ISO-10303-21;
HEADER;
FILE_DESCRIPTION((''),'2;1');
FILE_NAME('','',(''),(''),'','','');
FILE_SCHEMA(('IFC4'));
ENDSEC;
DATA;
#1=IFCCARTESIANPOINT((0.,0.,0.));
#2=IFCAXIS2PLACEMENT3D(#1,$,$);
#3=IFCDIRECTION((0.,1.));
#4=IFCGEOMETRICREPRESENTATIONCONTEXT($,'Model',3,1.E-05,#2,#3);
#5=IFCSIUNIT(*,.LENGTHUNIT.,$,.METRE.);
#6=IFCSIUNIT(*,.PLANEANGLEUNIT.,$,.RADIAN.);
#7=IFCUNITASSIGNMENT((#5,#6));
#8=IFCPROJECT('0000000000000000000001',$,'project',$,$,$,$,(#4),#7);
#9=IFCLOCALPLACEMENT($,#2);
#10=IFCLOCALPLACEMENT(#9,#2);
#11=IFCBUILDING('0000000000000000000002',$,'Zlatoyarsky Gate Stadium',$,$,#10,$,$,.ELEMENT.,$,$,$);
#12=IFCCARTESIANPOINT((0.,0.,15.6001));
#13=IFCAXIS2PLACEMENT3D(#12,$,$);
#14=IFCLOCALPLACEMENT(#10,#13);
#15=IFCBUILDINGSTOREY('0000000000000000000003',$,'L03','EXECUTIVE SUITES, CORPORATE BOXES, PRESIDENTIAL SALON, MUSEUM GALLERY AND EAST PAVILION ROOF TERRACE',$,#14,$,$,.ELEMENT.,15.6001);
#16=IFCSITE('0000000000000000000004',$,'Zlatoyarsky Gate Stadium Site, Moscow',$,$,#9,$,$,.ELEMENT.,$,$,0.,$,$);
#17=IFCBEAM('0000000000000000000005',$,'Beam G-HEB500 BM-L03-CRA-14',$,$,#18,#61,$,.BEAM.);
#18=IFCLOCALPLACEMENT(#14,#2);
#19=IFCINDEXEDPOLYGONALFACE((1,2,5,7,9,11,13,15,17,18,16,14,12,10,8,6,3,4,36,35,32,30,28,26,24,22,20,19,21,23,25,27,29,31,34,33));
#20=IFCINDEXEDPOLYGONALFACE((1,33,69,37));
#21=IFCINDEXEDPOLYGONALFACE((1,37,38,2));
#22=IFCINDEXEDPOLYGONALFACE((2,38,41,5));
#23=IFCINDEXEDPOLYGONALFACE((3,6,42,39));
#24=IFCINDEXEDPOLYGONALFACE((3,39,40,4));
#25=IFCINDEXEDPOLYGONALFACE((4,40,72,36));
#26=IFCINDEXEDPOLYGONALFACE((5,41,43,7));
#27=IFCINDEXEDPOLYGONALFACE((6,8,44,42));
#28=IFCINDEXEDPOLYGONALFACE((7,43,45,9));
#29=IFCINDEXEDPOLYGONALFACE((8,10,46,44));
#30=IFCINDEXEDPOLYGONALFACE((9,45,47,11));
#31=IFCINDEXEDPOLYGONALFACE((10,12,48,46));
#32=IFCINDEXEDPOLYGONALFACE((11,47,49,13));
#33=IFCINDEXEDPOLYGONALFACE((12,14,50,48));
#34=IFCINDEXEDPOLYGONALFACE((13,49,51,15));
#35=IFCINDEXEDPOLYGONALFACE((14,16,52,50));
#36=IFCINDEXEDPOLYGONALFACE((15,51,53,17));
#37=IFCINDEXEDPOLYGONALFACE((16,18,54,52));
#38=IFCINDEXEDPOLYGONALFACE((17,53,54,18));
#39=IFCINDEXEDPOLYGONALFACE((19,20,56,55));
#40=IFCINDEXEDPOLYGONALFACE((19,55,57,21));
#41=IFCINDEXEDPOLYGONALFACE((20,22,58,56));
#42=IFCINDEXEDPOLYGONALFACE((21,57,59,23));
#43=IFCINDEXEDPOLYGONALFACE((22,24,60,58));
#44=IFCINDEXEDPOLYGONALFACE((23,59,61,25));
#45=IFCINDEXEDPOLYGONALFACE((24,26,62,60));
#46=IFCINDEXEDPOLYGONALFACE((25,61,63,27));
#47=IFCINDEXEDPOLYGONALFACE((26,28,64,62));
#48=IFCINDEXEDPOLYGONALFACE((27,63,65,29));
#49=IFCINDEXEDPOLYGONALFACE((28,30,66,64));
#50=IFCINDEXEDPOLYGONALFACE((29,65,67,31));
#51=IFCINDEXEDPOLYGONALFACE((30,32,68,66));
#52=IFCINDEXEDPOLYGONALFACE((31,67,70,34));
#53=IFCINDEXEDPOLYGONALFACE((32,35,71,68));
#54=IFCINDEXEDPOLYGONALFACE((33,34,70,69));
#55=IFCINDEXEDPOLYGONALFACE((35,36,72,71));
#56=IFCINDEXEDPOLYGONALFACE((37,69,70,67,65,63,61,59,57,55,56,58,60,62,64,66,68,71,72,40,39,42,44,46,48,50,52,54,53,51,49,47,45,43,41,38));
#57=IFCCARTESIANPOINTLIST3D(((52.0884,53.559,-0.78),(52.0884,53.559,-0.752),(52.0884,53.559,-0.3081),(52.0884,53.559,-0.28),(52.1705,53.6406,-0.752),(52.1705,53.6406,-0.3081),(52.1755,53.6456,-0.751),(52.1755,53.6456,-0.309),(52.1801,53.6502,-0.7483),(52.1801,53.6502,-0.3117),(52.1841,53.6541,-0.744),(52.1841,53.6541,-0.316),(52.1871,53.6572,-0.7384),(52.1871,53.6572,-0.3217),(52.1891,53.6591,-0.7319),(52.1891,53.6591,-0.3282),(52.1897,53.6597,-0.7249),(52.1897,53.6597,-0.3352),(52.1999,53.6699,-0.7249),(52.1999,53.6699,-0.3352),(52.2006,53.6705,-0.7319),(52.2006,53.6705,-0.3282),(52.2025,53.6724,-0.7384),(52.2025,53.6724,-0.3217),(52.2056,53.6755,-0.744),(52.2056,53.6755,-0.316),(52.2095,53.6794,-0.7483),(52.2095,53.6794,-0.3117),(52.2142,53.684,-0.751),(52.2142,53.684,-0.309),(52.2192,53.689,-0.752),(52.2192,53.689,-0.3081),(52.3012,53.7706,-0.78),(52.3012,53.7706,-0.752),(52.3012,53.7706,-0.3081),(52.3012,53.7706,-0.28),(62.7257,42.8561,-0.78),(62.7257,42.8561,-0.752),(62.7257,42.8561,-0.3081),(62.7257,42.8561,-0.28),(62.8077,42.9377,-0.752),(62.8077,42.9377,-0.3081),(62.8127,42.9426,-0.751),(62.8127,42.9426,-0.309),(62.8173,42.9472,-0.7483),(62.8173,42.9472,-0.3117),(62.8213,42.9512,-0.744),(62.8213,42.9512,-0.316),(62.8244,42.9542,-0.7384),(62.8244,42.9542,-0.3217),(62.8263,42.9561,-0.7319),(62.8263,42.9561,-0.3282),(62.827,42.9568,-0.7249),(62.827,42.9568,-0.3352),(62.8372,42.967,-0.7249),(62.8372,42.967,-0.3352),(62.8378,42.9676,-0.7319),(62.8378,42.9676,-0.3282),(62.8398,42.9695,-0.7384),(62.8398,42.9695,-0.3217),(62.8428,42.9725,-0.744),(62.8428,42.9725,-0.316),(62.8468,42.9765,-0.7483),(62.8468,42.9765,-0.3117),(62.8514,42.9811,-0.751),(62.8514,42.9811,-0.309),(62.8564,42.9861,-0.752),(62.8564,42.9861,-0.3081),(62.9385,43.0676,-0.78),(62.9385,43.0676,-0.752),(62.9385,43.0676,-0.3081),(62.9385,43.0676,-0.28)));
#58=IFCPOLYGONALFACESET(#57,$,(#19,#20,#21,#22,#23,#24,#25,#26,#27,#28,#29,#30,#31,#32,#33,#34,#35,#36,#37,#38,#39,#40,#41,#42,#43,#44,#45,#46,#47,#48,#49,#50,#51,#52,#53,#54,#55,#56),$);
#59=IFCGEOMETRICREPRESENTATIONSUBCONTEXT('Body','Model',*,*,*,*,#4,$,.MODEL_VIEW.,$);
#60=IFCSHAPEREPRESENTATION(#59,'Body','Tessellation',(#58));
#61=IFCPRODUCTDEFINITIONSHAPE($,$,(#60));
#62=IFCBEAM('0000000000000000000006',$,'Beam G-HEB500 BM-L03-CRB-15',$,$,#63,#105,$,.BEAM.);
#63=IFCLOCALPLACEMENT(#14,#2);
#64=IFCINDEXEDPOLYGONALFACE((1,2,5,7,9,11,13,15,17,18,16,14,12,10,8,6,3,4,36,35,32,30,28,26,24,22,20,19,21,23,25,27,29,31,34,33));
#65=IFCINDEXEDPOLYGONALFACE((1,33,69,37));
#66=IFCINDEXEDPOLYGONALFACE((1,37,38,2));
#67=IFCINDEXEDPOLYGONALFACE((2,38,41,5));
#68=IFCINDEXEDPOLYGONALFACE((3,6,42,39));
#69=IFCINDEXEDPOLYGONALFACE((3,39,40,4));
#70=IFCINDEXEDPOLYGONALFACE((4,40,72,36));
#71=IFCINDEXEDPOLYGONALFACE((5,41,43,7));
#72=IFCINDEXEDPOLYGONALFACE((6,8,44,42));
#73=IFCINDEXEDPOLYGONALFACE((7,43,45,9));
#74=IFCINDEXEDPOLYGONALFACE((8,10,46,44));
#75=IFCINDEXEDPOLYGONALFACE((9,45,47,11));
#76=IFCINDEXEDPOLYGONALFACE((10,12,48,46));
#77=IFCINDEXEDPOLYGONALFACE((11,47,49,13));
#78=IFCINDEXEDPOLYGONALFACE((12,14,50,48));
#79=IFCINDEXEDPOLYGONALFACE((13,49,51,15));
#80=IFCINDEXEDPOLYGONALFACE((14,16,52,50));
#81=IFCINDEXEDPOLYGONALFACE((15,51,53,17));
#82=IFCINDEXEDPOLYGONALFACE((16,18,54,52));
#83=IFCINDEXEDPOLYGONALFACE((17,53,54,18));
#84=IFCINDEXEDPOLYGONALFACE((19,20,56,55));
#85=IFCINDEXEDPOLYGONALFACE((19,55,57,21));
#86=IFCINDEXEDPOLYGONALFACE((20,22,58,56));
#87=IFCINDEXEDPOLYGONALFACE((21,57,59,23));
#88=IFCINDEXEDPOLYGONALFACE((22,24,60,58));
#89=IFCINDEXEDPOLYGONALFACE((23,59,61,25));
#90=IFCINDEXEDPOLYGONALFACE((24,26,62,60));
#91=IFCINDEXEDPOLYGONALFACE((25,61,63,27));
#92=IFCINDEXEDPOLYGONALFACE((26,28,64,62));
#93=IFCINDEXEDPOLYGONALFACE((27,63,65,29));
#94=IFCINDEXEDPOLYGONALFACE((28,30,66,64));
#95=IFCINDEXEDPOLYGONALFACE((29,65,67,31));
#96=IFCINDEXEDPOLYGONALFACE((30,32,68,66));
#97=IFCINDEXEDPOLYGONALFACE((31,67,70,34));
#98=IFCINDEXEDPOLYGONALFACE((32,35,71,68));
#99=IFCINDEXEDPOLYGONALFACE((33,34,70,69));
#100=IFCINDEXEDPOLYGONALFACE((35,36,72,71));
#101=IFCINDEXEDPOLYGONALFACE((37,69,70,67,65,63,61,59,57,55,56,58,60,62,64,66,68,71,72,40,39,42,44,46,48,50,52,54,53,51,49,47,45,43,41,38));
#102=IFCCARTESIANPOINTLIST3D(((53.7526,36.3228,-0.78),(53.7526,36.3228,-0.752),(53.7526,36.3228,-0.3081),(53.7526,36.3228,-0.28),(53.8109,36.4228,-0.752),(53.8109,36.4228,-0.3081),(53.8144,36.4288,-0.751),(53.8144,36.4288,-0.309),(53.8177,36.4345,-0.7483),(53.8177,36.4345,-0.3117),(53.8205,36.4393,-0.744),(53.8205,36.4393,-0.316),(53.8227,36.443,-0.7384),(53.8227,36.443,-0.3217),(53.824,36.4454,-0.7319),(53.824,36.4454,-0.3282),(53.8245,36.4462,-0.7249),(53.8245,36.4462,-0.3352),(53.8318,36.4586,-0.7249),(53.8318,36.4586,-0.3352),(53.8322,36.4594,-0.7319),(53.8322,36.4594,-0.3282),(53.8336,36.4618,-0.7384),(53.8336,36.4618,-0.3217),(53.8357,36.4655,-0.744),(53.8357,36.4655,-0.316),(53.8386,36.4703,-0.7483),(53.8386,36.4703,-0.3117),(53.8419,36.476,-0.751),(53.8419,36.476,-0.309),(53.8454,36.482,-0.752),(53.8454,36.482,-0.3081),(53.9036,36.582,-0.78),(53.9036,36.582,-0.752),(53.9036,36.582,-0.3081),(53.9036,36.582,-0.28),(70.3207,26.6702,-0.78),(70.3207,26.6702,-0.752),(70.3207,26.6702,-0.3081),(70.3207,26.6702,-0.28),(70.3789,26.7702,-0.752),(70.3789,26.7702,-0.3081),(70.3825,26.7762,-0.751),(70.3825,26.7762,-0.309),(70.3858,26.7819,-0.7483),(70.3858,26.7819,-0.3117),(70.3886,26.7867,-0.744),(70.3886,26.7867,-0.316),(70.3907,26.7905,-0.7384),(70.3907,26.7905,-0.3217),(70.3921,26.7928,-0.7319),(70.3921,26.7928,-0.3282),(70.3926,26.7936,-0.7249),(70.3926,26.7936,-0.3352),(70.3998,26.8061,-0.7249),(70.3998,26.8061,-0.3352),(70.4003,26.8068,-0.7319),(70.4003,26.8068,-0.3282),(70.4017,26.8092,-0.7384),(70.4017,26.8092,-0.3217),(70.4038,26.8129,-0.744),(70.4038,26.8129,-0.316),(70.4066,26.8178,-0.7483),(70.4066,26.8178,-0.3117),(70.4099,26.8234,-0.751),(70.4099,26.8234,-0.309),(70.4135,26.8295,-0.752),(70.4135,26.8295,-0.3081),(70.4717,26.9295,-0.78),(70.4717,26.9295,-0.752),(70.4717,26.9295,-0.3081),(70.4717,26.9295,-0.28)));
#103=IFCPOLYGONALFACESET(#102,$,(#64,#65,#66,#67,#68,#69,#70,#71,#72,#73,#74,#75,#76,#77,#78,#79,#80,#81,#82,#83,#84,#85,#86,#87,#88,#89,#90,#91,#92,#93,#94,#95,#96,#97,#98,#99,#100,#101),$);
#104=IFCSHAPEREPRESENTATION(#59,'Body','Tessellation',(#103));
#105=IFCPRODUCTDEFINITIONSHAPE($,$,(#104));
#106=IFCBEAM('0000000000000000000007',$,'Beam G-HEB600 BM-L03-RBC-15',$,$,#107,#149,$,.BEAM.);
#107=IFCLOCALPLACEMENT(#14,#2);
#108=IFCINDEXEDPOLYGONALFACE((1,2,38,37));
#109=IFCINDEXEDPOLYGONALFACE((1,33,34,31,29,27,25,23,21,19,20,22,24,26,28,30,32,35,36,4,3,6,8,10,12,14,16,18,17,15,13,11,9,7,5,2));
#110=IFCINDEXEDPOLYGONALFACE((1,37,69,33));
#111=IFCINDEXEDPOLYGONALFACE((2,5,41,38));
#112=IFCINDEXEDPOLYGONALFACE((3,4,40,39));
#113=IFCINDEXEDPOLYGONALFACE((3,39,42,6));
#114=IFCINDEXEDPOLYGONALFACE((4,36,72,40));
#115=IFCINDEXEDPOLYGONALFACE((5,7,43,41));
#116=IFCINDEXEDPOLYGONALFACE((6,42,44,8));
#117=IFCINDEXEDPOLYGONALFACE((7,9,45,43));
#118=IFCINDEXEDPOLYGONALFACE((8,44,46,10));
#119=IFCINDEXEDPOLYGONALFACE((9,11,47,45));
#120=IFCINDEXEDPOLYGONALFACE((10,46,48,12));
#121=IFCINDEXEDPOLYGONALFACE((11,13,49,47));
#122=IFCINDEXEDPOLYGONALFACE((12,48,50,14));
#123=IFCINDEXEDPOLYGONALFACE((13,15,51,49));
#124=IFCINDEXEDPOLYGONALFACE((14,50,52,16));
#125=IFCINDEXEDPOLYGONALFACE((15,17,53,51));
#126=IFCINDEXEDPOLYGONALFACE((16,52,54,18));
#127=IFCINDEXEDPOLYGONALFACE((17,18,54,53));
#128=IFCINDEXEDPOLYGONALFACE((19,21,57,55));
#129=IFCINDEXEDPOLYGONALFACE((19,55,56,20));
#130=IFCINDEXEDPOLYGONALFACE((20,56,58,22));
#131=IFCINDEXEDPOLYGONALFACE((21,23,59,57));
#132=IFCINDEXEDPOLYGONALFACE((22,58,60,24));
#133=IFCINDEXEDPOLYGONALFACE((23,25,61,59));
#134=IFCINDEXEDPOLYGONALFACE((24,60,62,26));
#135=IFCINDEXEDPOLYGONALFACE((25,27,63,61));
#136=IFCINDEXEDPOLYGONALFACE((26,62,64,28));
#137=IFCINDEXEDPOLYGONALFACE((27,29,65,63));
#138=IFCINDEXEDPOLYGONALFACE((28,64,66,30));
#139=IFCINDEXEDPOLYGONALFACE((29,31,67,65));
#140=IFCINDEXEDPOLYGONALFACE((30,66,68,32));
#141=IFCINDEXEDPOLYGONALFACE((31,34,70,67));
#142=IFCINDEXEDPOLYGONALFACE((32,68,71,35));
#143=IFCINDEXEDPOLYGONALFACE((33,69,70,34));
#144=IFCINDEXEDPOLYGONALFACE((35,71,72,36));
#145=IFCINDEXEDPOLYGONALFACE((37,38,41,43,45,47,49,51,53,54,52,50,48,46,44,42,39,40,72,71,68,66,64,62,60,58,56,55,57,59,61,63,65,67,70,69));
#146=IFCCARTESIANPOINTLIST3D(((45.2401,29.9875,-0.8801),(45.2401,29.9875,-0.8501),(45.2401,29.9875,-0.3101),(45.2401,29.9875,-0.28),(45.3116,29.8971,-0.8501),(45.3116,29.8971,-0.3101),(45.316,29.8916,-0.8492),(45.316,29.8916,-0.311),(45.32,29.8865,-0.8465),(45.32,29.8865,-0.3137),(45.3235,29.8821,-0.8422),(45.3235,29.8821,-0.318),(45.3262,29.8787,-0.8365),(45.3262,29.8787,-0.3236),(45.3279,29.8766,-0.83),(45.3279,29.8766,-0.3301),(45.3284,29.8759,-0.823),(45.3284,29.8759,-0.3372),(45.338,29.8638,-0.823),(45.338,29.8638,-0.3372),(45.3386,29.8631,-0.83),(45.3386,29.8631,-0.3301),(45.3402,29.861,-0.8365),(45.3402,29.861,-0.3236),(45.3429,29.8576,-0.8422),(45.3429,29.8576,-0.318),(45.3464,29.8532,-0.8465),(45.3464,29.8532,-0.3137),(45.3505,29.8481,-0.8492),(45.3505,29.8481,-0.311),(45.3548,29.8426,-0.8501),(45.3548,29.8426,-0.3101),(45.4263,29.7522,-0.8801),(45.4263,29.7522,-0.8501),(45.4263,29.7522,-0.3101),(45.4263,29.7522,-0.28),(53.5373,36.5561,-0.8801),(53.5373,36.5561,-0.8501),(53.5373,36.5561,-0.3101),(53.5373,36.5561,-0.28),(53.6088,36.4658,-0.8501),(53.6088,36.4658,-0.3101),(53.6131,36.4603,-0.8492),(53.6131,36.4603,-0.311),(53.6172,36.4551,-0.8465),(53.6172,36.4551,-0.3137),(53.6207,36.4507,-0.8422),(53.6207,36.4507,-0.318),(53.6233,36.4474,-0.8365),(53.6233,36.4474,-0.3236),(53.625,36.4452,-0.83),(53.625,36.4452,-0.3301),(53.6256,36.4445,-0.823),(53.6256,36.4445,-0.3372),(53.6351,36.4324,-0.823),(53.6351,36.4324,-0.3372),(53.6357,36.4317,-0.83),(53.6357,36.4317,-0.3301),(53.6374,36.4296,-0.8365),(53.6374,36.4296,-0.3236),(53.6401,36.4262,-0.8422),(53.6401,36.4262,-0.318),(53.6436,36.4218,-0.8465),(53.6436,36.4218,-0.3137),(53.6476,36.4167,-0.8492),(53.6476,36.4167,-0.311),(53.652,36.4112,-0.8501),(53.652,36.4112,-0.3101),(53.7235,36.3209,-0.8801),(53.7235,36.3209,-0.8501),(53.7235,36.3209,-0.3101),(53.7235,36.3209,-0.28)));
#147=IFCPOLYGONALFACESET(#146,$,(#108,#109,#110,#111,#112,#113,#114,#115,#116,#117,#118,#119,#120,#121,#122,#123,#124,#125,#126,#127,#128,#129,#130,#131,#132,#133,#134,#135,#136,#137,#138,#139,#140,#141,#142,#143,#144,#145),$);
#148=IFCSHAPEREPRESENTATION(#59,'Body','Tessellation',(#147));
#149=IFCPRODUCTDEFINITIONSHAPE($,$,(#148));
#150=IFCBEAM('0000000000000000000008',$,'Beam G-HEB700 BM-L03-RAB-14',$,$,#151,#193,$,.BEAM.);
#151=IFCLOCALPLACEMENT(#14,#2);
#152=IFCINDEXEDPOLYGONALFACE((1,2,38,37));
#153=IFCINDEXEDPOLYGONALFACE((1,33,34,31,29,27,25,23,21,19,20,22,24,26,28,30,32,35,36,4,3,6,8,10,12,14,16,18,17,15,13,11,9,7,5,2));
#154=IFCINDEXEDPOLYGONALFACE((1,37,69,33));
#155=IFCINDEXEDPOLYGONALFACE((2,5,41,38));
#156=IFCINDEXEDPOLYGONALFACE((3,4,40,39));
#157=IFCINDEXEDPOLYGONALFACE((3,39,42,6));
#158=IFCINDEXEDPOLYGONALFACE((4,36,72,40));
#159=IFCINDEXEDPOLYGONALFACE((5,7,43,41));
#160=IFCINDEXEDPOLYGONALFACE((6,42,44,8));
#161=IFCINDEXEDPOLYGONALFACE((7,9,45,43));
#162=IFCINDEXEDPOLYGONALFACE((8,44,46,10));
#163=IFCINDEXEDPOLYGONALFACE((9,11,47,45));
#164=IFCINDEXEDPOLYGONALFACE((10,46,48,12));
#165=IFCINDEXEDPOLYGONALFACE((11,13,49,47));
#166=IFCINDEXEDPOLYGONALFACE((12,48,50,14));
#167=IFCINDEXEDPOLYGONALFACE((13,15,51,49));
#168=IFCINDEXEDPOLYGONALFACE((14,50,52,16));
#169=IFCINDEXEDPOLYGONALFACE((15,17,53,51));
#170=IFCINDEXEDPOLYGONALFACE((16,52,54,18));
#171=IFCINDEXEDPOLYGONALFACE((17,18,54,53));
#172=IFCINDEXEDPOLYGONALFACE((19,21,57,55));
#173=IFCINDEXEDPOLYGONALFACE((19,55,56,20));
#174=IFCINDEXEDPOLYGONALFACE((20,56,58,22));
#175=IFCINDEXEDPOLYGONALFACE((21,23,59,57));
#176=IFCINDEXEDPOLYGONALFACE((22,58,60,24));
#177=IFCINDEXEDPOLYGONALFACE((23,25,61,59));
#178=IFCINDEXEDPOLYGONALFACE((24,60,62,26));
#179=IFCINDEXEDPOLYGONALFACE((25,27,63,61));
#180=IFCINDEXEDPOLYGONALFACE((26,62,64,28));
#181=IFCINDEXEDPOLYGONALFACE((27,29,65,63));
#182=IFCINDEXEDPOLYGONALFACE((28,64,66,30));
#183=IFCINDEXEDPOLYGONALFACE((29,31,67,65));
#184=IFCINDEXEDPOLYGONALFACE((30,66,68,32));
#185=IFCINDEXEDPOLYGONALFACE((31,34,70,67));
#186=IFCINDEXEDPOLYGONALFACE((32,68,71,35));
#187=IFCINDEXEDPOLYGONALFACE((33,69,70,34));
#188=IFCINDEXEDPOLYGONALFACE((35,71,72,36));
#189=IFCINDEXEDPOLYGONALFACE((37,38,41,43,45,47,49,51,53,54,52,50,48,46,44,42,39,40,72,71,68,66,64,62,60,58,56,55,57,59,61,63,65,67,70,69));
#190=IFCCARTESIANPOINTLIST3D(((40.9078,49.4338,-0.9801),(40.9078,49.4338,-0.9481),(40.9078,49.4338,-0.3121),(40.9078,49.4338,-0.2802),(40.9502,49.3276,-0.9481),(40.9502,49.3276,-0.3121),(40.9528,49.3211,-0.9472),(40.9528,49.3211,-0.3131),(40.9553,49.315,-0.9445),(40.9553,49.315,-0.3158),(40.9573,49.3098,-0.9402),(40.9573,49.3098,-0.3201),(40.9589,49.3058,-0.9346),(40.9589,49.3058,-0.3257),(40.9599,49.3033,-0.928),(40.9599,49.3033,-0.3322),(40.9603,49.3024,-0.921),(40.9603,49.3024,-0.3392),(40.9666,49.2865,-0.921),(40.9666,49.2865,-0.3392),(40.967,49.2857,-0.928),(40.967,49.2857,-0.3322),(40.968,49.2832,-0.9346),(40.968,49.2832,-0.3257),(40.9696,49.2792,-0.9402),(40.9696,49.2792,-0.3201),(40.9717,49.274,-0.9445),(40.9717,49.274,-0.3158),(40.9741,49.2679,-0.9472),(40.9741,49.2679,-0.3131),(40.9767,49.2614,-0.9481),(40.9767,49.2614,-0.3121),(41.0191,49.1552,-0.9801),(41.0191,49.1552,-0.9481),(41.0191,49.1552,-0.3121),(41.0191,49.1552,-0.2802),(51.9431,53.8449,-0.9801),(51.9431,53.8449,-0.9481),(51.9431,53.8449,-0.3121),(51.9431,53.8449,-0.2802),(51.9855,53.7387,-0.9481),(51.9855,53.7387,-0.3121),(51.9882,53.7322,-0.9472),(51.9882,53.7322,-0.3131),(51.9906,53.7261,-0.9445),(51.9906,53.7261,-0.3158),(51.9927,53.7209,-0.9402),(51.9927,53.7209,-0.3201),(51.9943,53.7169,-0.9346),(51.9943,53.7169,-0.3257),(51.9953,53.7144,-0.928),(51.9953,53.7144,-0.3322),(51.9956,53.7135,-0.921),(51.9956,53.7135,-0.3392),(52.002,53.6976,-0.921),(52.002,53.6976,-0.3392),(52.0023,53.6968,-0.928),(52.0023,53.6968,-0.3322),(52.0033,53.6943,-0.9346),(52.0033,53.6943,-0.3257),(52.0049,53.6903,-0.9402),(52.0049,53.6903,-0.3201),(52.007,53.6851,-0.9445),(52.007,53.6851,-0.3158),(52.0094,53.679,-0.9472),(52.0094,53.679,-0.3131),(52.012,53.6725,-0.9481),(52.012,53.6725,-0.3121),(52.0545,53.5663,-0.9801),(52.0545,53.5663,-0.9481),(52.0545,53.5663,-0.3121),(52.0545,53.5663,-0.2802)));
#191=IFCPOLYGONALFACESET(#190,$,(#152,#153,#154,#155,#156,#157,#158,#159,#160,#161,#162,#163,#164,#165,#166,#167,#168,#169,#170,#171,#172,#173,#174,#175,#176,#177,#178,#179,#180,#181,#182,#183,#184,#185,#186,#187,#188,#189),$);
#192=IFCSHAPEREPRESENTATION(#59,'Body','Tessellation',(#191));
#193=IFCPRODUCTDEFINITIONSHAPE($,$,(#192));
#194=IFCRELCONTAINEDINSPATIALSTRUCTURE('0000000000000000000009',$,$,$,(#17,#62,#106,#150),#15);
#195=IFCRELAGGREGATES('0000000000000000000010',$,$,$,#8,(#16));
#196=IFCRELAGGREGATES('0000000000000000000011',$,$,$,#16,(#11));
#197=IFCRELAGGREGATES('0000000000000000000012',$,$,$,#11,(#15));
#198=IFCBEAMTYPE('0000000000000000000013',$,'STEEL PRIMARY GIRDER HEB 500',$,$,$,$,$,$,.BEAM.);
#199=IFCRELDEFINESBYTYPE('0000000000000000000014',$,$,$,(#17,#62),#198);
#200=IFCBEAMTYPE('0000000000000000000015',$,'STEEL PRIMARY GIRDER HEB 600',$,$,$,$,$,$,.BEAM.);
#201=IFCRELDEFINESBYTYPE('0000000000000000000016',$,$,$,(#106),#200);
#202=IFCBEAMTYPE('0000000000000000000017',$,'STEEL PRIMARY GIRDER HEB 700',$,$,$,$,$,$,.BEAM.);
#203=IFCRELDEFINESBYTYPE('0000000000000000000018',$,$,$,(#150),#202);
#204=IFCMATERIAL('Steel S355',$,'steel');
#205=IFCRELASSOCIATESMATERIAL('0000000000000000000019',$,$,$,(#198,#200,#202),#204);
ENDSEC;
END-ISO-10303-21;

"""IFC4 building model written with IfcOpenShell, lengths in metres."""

from ifc_helpers import new_model, si_unit, direction, frame, origin, origin_2d, place, context, subcontext, project, spatial, i_section, extrude, material, material_profile, profile_set, type_object, element, save


model = new_model("IFC4")

# Units and contexts
model_context = context("Model", 3, precision=1e-05, world=origin(), true_north=direction((0.0, 1.0)))
body_context = subcontext(model_context, "Body", "Model", "MODEL_VIEW")
ifc_project = project(units=[si_unit("LENGTHUNIT", "METRE"), si_unit("PLANEANGLEUNIT", "RADIAN")], contexts=[model_context])

# Site, building, storey
site_placement = place(None, origin())
site = spatial("IfcSite", under=ifc_project, at=site_placement, Name="Zlatoyarsky Gate Stadium Site, Moscow", CompositionType="ELEMENT", RefElevation=0.0)
building_placement = place(site_placement, origin())
building = spatial("IfcBuilding", under=site, at=building_placement, Name="Zlatoyarsky Gate Stadium", CompositionType="ELEMENT")
storey_placement = place(building_placement, frame((0.0, 0.0, 15.6001)))
storey = spatial("IfcBuildingStorey", under=building, at=storey_placement, Name="L03", Description="EXECUTIVE SUITES, CORPORATE BOXES, PRESIDENTIAL SALON, MUSEUM GALLERY AND EAST PAVILION ROOF TERRACE", CompositionType="ELEMENT", Elevation=15.6001)

# Shared definitions
ifc_material_1 = material(Name="Steel S355", Category="steel")

# Beams
ifc_material_profile_1 = material_profile(ifc_material_1, i_section(OverallWidth=0.3, OverallDepth=0.5, WebThickness=0.0144, FlangeThickness=0.0281, FilletRadius=0.0271, at=origin_2d()), Name="HEB 500")
ifc_profile_set_1 = profile_set([ifc_material_profile_1], Name="Steel S355")
beam_type_1 = type_object("IfcBeamType", Name="STEEL PRIMARY GIRDER HEB 500", PredefinedType="BEAM", material=ifc_profile_set_1)
beam_1_placement = place(storey_placement, frame((52.1948, 53.6648, -0.53), z_axis=(0.704927, -0.70928, 0.0), x_axis=(0.70928, 0.704927, 0.0)))
element("IfcBeam", 1, at=beam_1_placement, inside=storey, type_object=beam_type_1, Name="Beam G-HEB500 BM-L03-CRA-14", PredefinedType="BEAM", context=body_context, shape_type="SweptSolid", body=[
    extrude(i_section(OverallWidth=0.3, OverallDepth=0.5, WebThickness=0.0144, FlangeThickness=0.0281, FilletRadius=0.0271, at=origin_2d()), origin(), (0.0, 0.0, 1.0), 15.0898),
])
beam_2_placement = place(storey_placement, frame((53.8281, 36.4524, -0.53), z_axis=(0.864054, -0.503398, 0.0), x_axis=(0.503398, 0.864054, 0.0)))
element("IfcBeam", 2, at=beam_2_placement, inside=storey, type_object=beam_type_1, Name="Beam G-HEB500 BM-L03-CRB-15", PredefinedType="BEAM", context=body_context, shape_type="SweptSolid", body=[
    extrude(i_section(OverallWidth=0.3, OverallDepth=0.5, WebThickness=0.0144, FlangeThickness=0.0281, FilletRadius=0.0271, at=origin_2d()), origin(), (0.0, 0.0, 1.0), 19.1748),
])
ifc_material_profile_2 = material_profile(ifc_material_1, i_section(OverallWidth=0.3, OverallDepth=0.6001, WebThickness=0.0154, FlangeThickness=0.03, FilletRadius=0.0271, at=origin_2d()), Name="HEB 600")
ifc_profile_set_2 = profile_set([ifc_material_profile_2], Name="Steel S355")
beam_type_2 = type_object("IfcBeamType", Name="STEEL PRIMARY GIRDER HEB 600", PredefinedType="BEAM", material=ifc_profile_set_2)
beam_3_placement = place(storey_placement, frame((53.6304, 36.4385, -0.5801), z_axis=(-0.784043, -0.620706, 0.0), x_axis=(0.620706, -0.784043, 0.0)))
element("IfcBeam", 3, at=beam_3_placement, inside=storey, type_object=beam_type_2, Name="Beam G-HEB600 BM-L03-RBC-15", PredefinedType="BEAM", context=body_context, shape_type="SweptSolid", body=[
    extrude(i_section(OverallWidth=0.3, OverallDepth=0.6001, WebThickness=0.0154, FlangeThickness=0.03, FilletRadius=0.0271, at=origin_2d()), origin(), (0.0, 0.0, 1.0), 10.5825),
])
ifc_material_profile_3 = material_profile(ifc_material_1, i_section(OverallWidth=0.3, OverallDepth=0.7, WebThickness=0.0171, FlangeThickness=0.032, FilletRadius=0.0271, at=origin_2d()), Name="HEB 700")
ifc_profile_set_3 = profile_set([ifc_material_profile_3], Name="Steel S355")
beam_type_3 = type_object("IfcBeamType", Name="STEEL PRIMARY GIRDER HEB 700", PredefinedType="BEAM", material=ifc_profile_set_3)
beam_4_placement = place(storey_placement, frame((51.9988, 53.7056, -0.6301), z_axis=(-0.928565, -0.371171, 0.0), x_axis=(0.371171, -0.928565, 0.0)))
element("IfcBeam", 4, at=beam_4_placement, inside=storey, type_object=beam_type_3, Name="Beam G-HEB700 BM-L03-RAB-14", PredefinedType="BEAM", context=body_context, shape_type="SweptSolid", body=[
    extrude(i_section(OverallWidth=0.3, OverallDepth=0.7, WebThickness=0.0171, FlangeThickness=0.032, FilletRadius=0.0271, at=origin_2d()), origin(), (0.0, 0.0, 1.0), 11.8843),
])

save(model, "model.ifc")
